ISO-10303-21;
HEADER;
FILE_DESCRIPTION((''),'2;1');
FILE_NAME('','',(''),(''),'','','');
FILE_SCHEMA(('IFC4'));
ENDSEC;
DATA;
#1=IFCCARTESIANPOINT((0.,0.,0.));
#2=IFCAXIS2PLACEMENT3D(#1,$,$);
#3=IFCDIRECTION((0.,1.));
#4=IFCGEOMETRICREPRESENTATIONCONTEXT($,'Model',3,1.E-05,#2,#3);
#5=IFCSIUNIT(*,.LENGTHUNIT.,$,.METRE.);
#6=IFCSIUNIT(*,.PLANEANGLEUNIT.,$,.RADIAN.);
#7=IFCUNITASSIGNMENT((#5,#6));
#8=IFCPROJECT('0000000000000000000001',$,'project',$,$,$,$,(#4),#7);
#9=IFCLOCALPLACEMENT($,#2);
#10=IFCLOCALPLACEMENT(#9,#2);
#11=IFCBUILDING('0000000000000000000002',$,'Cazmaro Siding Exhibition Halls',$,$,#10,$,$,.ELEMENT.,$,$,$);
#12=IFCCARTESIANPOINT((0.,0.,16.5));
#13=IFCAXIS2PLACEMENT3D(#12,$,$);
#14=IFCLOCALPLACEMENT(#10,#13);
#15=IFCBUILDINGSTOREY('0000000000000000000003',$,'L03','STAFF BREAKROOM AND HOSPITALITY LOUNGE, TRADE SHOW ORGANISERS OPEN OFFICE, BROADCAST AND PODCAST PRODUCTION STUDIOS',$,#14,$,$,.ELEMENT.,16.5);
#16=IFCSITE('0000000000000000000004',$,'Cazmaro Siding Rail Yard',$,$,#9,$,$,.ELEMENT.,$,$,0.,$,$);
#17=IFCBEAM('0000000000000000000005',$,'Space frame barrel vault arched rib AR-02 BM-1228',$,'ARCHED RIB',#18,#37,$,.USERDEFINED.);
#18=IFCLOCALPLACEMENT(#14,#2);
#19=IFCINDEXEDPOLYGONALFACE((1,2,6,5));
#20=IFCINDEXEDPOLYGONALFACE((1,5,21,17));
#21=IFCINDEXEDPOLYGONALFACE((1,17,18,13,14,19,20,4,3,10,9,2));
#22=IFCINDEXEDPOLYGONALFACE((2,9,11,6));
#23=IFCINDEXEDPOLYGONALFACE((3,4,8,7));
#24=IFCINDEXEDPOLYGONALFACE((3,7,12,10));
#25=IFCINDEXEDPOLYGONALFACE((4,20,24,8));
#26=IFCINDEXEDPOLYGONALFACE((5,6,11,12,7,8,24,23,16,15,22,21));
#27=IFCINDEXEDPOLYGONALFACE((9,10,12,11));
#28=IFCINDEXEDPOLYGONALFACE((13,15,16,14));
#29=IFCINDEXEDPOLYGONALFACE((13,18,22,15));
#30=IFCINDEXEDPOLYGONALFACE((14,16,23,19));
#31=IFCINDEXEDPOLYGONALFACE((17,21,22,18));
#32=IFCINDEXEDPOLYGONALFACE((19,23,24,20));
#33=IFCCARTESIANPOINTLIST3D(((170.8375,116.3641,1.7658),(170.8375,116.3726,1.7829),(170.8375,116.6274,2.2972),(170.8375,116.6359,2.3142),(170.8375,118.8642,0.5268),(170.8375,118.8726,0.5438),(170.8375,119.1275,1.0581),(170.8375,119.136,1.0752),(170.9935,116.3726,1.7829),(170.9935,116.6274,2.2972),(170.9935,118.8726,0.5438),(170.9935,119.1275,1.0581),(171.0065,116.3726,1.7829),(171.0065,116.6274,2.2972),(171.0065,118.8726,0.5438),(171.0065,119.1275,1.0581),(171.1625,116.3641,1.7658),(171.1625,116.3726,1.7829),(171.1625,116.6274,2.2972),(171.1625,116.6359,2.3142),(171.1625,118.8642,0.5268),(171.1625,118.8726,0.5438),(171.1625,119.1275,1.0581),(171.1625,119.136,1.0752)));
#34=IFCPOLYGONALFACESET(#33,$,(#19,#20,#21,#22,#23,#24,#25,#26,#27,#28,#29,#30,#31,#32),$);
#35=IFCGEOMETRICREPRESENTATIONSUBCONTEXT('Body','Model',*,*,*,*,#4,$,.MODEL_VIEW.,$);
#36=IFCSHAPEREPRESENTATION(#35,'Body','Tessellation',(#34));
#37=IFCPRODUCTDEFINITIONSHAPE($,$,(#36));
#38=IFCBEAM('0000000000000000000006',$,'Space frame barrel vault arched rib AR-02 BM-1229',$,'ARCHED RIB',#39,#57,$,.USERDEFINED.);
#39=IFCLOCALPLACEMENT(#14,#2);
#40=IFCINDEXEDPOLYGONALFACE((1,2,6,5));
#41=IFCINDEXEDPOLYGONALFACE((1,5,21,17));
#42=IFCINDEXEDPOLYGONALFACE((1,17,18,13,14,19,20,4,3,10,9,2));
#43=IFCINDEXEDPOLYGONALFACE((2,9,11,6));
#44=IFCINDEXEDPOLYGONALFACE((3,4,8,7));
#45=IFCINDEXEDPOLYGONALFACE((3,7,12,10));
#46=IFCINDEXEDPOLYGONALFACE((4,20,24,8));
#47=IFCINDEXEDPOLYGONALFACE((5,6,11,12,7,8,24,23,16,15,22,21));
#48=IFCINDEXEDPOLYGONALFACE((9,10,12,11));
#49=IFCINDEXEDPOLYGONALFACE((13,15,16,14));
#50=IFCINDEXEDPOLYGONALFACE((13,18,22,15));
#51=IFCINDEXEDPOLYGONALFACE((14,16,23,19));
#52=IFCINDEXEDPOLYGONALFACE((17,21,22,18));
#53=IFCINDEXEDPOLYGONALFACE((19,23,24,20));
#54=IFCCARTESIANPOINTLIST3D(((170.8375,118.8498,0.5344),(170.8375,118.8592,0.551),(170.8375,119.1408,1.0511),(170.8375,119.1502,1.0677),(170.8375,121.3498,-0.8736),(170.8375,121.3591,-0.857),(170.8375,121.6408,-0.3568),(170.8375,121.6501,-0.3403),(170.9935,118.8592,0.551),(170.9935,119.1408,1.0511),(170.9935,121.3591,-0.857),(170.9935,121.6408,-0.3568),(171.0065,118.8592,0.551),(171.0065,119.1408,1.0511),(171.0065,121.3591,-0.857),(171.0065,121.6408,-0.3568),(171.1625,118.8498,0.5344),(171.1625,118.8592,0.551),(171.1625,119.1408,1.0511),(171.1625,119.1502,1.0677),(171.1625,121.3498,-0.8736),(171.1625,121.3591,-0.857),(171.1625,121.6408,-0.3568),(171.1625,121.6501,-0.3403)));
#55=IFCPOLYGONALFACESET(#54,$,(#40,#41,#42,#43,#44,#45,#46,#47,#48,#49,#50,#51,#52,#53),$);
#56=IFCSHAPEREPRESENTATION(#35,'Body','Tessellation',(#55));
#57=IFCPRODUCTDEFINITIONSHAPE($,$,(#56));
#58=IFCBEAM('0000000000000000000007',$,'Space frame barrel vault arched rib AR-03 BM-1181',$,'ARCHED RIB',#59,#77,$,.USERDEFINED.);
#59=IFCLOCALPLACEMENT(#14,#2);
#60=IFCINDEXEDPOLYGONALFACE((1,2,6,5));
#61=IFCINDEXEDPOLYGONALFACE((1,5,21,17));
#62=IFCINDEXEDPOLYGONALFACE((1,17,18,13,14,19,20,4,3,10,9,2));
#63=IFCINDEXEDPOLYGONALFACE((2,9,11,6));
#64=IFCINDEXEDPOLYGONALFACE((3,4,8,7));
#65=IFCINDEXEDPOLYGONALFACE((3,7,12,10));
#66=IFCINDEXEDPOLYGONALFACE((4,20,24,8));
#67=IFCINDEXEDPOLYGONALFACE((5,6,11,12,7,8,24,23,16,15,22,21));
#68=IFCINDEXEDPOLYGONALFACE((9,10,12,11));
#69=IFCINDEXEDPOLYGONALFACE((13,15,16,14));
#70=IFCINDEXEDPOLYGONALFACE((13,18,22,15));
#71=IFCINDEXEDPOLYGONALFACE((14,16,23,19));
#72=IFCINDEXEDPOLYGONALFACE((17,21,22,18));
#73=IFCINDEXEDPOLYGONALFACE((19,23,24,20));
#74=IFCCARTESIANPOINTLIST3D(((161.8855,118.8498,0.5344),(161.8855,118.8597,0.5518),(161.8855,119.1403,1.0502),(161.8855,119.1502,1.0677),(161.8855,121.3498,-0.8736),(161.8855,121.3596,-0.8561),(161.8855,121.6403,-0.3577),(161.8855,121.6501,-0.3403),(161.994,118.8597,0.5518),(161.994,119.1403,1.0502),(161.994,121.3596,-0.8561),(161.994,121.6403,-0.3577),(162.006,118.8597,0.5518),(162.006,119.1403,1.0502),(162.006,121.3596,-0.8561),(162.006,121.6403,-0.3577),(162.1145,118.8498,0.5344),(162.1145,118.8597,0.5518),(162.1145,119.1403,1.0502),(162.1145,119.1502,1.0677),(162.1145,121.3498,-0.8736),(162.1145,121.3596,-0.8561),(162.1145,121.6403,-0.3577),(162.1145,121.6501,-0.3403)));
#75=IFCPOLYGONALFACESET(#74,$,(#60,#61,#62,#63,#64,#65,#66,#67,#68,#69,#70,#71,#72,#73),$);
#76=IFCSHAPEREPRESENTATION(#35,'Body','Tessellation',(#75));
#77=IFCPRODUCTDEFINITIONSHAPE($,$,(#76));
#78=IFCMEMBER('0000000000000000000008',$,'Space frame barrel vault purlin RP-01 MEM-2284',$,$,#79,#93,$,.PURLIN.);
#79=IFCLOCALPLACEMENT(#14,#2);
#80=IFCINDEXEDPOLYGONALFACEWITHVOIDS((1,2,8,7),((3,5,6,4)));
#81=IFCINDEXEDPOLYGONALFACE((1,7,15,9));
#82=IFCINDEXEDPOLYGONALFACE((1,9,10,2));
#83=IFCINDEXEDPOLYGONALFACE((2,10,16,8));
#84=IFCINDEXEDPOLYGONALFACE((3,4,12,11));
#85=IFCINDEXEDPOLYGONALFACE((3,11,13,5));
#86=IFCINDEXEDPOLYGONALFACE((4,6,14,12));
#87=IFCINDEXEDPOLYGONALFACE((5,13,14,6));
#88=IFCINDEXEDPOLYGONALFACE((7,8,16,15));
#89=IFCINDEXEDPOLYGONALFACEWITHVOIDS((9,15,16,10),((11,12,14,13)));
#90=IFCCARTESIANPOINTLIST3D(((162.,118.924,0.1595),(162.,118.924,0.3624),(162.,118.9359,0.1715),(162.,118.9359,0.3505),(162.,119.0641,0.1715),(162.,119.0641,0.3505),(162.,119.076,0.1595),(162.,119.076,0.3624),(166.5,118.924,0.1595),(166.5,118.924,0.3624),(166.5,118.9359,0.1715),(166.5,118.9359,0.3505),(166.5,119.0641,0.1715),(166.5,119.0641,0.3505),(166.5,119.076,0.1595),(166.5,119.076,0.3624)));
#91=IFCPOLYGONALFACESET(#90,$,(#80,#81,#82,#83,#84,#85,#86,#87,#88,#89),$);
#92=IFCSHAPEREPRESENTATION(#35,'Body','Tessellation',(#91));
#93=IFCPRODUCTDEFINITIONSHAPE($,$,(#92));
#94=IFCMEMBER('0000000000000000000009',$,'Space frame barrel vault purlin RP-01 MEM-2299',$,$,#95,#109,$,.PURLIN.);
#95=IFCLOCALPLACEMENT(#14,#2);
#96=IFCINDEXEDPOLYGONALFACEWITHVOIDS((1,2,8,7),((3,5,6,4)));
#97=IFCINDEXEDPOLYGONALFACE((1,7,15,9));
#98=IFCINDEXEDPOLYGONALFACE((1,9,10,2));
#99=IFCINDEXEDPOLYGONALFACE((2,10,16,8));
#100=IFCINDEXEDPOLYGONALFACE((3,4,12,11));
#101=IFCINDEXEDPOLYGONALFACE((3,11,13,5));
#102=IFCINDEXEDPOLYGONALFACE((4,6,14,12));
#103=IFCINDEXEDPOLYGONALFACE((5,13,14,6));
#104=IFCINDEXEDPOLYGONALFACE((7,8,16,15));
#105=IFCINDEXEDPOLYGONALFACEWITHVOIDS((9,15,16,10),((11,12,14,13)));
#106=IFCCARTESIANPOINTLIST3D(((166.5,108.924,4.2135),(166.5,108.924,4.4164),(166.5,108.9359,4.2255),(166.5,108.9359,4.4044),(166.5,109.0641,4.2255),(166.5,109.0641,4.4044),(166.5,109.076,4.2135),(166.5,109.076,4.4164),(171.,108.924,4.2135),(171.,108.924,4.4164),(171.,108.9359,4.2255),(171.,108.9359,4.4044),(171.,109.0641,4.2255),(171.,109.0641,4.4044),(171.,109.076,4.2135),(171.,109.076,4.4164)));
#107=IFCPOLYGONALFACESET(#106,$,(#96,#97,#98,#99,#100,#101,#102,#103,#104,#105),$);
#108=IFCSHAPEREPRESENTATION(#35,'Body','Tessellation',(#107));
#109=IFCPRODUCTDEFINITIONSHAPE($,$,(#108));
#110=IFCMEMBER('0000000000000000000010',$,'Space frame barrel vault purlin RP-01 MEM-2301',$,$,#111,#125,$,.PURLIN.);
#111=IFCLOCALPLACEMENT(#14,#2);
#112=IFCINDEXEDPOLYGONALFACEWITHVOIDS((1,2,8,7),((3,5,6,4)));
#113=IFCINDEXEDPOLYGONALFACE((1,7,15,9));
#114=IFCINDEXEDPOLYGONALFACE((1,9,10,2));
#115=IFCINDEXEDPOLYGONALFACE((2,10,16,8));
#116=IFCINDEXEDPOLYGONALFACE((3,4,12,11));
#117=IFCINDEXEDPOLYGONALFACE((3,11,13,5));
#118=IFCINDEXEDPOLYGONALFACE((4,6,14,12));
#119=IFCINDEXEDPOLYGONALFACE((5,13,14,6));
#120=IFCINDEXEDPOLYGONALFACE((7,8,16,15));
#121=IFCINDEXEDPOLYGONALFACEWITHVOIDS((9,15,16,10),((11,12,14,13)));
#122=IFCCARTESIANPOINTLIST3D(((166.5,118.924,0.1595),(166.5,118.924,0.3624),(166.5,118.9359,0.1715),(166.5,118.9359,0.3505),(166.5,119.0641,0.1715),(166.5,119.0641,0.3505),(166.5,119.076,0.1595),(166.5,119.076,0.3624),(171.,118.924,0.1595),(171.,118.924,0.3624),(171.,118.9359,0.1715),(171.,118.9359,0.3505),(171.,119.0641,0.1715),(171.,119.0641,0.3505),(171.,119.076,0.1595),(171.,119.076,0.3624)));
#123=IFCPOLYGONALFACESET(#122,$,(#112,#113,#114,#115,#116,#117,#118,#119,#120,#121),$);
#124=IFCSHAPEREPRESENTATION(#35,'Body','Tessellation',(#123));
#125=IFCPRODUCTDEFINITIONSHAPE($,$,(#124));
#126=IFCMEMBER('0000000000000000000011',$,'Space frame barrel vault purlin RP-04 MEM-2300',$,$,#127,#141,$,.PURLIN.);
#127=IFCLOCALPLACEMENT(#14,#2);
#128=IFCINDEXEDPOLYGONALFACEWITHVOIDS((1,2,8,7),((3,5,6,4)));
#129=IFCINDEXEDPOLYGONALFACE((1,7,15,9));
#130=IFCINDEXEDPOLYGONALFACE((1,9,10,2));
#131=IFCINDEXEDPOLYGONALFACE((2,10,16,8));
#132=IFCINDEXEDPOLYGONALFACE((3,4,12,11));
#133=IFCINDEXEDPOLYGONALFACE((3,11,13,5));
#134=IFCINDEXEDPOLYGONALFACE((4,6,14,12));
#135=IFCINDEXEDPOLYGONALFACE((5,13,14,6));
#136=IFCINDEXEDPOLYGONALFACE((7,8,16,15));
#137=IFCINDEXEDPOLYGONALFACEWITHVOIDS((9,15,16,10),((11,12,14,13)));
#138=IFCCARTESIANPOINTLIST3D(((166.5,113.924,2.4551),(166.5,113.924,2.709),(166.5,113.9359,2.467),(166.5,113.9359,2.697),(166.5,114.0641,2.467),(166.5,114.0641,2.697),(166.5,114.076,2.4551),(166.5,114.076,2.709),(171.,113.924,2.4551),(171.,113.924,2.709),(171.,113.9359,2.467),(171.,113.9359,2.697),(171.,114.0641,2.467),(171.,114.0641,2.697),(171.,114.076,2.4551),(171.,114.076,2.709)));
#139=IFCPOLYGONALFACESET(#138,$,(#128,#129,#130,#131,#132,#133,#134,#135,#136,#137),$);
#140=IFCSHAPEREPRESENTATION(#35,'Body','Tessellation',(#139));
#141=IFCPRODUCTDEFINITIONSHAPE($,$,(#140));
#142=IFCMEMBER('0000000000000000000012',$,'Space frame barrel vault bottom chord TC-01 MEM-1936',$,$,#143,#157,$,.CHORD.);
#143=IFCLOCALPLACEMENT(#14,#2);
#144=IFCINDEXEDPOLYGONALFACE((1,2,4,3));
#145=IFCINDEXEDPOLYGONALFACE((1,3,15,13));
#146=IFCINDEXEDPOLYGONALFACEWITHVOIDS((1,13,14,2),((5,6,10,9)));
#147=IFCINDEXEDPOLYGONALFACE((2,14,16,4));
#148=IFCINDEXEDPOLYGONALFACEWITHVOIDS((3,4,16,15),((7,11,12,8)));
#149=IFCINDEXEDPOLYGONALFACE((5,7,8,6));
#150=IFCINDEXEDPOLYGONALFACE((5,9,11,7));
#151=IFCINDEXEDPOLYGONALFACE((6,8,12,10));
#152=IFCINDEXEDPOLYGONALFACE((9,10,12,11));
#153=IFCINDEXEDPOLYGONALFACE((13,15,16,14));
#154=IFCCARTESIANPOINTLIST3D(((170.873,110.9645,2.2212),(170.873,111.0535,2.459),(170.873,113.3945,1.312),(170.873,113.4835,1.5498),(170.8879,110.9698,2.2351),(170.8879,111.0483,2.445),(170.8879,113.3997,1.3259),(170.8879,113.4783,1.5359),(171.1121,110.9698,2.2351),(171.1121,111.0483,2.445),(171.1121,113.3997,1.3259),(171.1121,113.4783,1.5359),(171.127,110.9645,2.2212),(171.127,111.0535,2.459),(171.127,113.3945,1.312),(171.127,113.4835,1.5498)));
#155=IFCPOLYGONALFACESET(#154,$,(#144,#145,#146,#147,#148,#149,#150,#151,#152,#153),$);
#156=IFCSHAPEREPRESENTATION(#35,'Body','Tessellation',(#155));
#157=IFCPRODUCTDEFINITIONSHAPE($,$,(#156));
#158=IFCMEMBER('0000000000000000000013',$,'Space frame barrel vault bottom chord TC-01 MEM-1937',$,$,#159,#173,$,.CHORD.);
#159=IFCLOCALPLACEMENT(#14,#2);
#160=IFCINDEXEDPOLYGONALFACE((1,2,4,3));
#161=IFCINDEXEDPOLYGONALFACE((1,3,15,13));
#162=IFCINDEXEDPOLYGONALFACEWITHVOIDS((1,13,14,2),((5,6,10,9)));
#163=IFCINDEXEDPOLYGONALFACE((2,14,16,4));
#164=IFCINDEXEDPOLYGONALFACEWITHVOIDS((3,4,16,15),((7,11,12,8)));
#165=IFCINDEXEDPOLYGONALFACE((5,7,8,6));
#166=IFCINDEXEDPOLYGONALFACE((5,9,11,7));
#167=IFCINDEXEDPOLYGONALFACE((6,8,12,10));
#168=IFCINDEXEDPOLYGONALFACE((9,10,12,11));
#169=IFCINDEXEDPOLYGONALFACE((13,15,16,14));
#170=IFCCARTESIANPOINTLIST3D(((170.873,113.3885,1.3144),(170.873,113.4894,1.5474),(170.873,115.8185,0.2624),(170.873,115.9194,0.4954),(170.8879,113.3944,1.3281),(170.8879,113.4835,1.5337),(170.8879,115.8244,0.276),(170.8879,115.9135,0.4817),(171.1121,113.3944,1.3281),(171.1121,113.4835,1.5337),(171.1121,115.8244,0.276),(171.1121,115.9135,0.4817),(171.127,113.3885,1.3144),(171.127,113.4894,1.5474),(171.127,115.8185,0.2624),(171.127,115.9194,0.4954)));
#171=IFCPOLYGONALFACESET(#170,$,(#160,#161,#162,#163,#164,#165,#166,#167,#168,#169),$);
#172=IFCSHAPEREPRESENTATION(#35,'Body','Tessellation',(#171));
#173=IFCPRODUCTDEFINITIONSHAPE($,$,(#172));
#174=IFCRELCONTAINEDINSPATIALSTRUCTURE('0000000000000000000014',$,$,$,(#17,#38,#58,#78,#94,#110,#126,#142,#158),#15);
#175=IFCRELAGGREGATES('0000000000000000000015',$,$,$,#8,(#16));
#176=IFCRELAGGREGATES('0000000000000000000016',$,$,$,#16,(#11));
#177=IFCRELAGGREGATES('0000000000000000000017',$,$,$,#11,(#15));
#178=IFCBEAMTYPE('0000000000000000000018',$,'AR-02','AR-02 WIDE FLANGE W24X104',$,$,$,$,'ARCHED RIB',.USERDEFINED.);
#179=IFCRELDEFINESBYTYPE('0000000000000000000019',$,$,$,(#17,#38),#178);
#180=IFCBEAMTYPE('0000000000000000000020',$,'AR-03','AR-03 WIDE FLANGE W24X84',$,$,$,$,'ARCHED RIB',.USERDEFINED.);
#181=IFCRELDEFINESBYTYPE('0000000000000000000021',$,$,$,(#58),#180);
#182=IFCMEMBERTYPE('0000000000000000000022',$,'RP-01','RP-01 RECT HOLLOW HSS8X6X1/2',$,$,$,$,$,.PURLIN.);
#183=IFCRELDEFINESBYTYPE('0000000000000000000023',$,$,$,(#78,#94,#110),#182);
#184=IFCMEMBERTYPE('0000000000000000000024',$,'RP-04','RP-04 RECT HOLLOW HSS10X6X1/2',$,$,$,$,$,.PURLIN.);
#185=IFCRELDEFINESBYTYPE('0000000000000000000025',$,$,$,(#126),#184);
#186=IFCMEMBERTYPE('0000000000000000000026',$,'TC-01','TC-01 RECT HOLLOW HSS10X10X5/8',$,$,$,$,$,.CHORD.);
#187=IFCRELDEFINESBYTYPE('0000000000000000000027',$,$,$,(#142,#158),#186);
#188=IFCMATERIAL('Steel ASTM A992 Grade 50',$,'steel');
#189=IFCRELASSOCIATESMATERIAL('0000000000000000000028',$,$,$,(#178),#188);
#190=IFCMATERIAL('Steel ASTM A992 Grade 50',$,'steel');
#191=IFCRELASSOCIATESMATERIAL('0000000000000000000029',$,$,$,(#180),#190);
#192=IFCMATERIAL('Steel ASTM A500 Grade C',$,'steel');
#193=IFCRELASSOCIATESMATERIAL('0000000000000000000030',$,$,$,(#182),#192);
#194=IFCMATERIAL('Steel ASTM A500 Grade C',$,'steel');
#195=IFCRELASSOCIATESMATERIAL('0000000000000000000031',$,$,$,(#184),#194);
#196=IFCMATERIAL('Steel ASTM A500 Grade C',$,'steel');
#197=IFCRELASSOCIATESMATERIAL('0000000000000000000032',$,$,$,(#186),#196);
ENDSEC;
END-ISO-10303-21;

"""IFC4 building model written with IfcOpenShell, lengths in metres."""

from ifc_helpers import new_model, si_unit, direction, frame, origin, origin_2d, place, context, subcontext, project, spatial, hollow_rectangle, i_section, extrude, material, material_profile, profile_set, type_object, element, save


model = new_model("IFC4")

# Units and contexts
model_context = context("Model", 3, precision=1e-05, world=origin(), true_north=direction((0.0, 1.0)))
body_context = subcontext(model_context, "Body", "Model", "MODEL_VIEW")
ifc_project = project(units=[si_unit("LENGTHUNIT", "METRE"), si_unit("PLANEANGLEUNIT", "RADIAN")], contexts=[model_context])

# Site, building, storey
site_placement = place(None, origin())
site = spatial("IfcSite", under=ifc_project, at=site_placement, Name="Cazmaro Siding Rail Yard", CompositionType="ELEMENT", RefElevation=0.0)
building_placement = place(site_placement, origin())
building = spatial("IfcBuilding", under=site, at=building_placement, Name="Cazmaro Siding Exhibition Halls", CompositionType="ELEMENT")
storey_placement = place(building_placement, frame((0.0, 0.0, 16.5)))
storey = spatial("IfcBuildingStorey", under=building, at=storey_placement, Name="L03", Description="STAFF BREAKROOM AND HOSPITALITY LOUNGE, TRADE SHOW ORGANISERS OPEN OFFICE, BROADCAST AND PODCAST PRODUCTION STUDIOS", CompositionType="ELEMENT", Elevation=16.5)

# Beams
ifc_material_1 = material(Name="Steel ASTM A992 Grade 50", Category="steel")
ifc_material_profile_1 = material_profile(ifc_material_1, i_section(OverallWidth=0.325, OverallDepth=0.6121, WebThickness=0.0129, FlangeThickness=0.019, at=origin_2d()), Name="W24X104")
ifc_profile_set_1 = profile_set([ifc_material_profile_1], Name="Steel ASTM A992 Grade 50")
beam_type_1 = type_object("IfcBeamType", Name="AR-02", Description="AR-02 WIDE FLANGE W24X104", ElementType="ARCHED RIB", PredefinedType="USERDEFINED", material=ifc_profile_set_1)
beam_1_placement = place(storey_placement, frame((171.0, 116.5, 2.04), z_axis=(0.0, 0.895997, -0.444061), x_axis=(-1.0, 0.0, 0.0)))
element("IfcBeam", 1, at=beam_1_placement, inside=storey, type_object=beam_type_1, Name="Space frame barrel vault arched rib AR-02 BM-1228", ObjectType="ARCHED RIB", PredefinedType="USERDEFINED", context=body_context, shape_type="SweptSolid", body=[
    extrude(i_section(OverallWidth=0.325, OverallDepth=0.6121, WebThickness=0.0129, FlangeThickness=0.019, at=origin_2d()), origin(), (0.0, 0.0, 1.0), 2.7903),
])
beam_2_placement = place(storey_placement, frame((171.0, 119.0, 0.801), z_axis=(0.0, 0.871321, -0.490714), x_axis=(-1.0, 0.0, 0.0)))
element("IfcBeam", 2, at=beam_2_placement, inside=storey, type_object=beam_type_1, Name="Space frame barrel vault arched rib AR-02 BM-1229", ObjectType="ARCHED RIB", PredefinedType="USERDEFINED", context=body_context, shape_type="SweptSolid", body=[
    extrude(i_section(OverallWidth=0.325, OverallDepth=0.6121, WebThickness=0.0129, FlangeThickness=0.019, at=origin_2d()), origin(), (0.0, 0.0, 1.0), 2.8691),
])
ifc_material_2 = material(Name="Steel ASTM A992 Grade 50", Category="steel")
ifc_material_profile_2 = material_profile(ifc_material_2, i_section(OverallWidth=0.229, OverallDepth=0.6121, WebThickness=0.012, FlangeThickness=0.02, at=origin_2d()), Name="W24X84")
ifc_profile_set_2 = profile_set([ifc_material_profile_2], Name="Steel ASTM A992 Grade 50")
beam_type_2 = type_object("IfcBeamType", Name="AR-03", Description="AR-03 WIDE FLANGE W24X84", ElementType="ARCHED RIB", PredefinedType="USERDEFINED", material=ifc_profile_set_2)
beam_3_placement = place(storey_placement, frame((162.0, 119.0, 0.801), z_axis=(0.0, 0.871321, -0.490714), x_axis=(-1.0, 0.0, 0.0)))
element("IfcBeam", 3, at=beam_3_placement, inside=storey, type_object=beam_type_2, Name="Space frame barrel vault arched rib AR-03 BM-1181", ObjectType="ARCHED RIB", PredefinedType="USERDEFINED", context=body_context, shape_type="SweptSolid", body=[
    extrude(i_section(OverallWidth=0.229, OverallDepth=0.6121, WebThickness=0.012, FlangeThickness=0.02, at=origin_2d()), origin(), (0.0, 0.0, 1.0), 2.8691),
])

# Members
ifc_material_3 = material(Name="Steel ASTM A500 Grade C", Category="steel")
ifc_material_profile_3 = material_profile(ifc_material_3, hollow_rectangle(XDim=0.1521, YDim=0.2029, WallThickness=0.012, at=origin_2d()), Name="HSS8X6X1/2")
ifc_profile_set_3 = profile_set([ifc_material_profile_3], Name="Steel ASTM A500 Grade C")
member_type_1 = type_object("IfcMemberType", Name="RP-01", Description="RP-01 RECT HOLLOW HSS8X6X1/2", PredefinedType="PURLIN", material=ifc_profile_set_3)
for number, where, z_axis, x_axis, name in (
    (4, (162.0, 119.0, 0.261), (1.0, 0.0, 0.0), (0.0, 1.0, 0.0), "Space frame barrel vault purlin RP-01 MEM-2284"),
    (5, (166.5, 109.0, 4.3149), (1.0, 0.0, 0.0), (0.0, 1.0, 0.0), "Space frame barrel vault purlin RP-01 MEM-2299"),
    (6, (166.5, 119.0, 0.261), (1.0, 0.0, 0.0), (0.0, 1.0, 0.0), "Space frame barrel vault purlin RP-01 MEM-2301"),
):
    element("IfcMember", number, at=place(storey_placement, frame(where, z_axis=z_axis, x_axis=x_axis)), inside=storey, type_object=member_type_1, Name=name, PredefinedType="PURLIN", context=body_context, shape_type="SweptSolid", body=[
        extrude(hollow_rectangle(XDim=0.1521, YDim=0.2029, WallThickness=0.012, at=origin_2d()), origin(), (0.0, 0.0, 1.0), 4.5),
    ])
ifc_material_4 = material(Name="Steel ASTM A500 Grade C", Category="steel")
ifc_material_profile_4 = material_profile(ifc_material_4, hollow_rectangle(XDim=0.1521, YDim=0.2539, WallThickness=0.012, at=origin_2d()), Name="HSS10X6X1/2")
ifc_profile_set_4 = profile_set([ifc_material_profile_4], Name="Steel ASTM A500 Grade C")
member_type_2 = type_object("IfcMemberType", Name="RP-04", Description="RP-04 RECT HOLLOW HSS10X6X1/2", PredefinedType="PURLIN", material=ifc_profile_set_4)
member_1_placement = place(storey_placement, frame((166.5, 114.0, 2.582), z_axis=(1.0, 0.0, 0.0), x_axis=(0.0, 1.0, 0.0)))
element("IfcMember", 7, at=member_1_placement, inside=storey, type_object=member_type_2, Name="Space frame barrel vault purlin RP-04 MEM-2300", PredefinedType="PURLIN", context=body_context, shape_type="SweptSolid", body=[
    extrude(hollow_rectangle(XDim=0.1521, YDim=0.2539, WallThickness=0.012, at=origin_2d()), origin(), (0.0, 0.0, 1.0), 4.5),
])
ifc_material_5 = material(Name="Steel ASTM A500 Grade C", Category="steel")
ifc_material_profile_5 = material_profile(ifc_material_5, hollow_rectangle(XDim=0.2539, YDim=0.2539, WallThickness=0.0149, at=origin_2d()), Name="HSS10X10X5/8")
ifc_profile_set_5 = profile_set([ifc_material_profile_5], Name="Steel ASTM A500 Grade C")
member_type_3 = type_object("IfcMemberType", Name="TC-01", Description="TC-01 RECT HOLLOW HSS10X10X5/8", PredefinedType="CHORD", material=ifc_profile_set_5)
member_2_placement = place(storey_placement, frame((171.0, 111.009, 2.3401), z_axis=(0.0, 0.936588, -0.350432), x_axis=(-1.0, 0.0, 0.0)))
element("IfcMember", 8, at=member_2_placement, inside=storey, type_object=member_type_3, Name="Space frame barrel vault bottom chord TC-01 MEM-1936", PredefinedType="CHORD", context=body_context, shape_type="SweptSolid", body=[
    extrude(hollow_rectangle(XDim=0.2539, YDim=0.2539, WallThickness=0.0149, at=origin_2d()), origin(), (0.0, 0.0, 1.0), 2.5945),
])
member_3_placement = place(storey_placement, frame((171.0, 113.439, 1.4309), z_axis=(0.0, 0.917689, -0.397299), x_axis=(-1.0, 0.0, 0.0)))
element("IfcMember", 9, at=member_3_placement, inside=storey, type_object=member_type_3, Name="Space frame barrel vault bottom chord TC-01 MEM-1937", PredefinedType="CHORD", context=body_context, shape_type="SweptSolid", body=[
    extrude(hollow_rectangle(XDim=0.2539, YDim=0.2539, WallThickness=0.0149, at=origin_2d()), origin(), (0.0, 0.0, 1.0), 2.6479),
])

save(model, "model.ifc")
